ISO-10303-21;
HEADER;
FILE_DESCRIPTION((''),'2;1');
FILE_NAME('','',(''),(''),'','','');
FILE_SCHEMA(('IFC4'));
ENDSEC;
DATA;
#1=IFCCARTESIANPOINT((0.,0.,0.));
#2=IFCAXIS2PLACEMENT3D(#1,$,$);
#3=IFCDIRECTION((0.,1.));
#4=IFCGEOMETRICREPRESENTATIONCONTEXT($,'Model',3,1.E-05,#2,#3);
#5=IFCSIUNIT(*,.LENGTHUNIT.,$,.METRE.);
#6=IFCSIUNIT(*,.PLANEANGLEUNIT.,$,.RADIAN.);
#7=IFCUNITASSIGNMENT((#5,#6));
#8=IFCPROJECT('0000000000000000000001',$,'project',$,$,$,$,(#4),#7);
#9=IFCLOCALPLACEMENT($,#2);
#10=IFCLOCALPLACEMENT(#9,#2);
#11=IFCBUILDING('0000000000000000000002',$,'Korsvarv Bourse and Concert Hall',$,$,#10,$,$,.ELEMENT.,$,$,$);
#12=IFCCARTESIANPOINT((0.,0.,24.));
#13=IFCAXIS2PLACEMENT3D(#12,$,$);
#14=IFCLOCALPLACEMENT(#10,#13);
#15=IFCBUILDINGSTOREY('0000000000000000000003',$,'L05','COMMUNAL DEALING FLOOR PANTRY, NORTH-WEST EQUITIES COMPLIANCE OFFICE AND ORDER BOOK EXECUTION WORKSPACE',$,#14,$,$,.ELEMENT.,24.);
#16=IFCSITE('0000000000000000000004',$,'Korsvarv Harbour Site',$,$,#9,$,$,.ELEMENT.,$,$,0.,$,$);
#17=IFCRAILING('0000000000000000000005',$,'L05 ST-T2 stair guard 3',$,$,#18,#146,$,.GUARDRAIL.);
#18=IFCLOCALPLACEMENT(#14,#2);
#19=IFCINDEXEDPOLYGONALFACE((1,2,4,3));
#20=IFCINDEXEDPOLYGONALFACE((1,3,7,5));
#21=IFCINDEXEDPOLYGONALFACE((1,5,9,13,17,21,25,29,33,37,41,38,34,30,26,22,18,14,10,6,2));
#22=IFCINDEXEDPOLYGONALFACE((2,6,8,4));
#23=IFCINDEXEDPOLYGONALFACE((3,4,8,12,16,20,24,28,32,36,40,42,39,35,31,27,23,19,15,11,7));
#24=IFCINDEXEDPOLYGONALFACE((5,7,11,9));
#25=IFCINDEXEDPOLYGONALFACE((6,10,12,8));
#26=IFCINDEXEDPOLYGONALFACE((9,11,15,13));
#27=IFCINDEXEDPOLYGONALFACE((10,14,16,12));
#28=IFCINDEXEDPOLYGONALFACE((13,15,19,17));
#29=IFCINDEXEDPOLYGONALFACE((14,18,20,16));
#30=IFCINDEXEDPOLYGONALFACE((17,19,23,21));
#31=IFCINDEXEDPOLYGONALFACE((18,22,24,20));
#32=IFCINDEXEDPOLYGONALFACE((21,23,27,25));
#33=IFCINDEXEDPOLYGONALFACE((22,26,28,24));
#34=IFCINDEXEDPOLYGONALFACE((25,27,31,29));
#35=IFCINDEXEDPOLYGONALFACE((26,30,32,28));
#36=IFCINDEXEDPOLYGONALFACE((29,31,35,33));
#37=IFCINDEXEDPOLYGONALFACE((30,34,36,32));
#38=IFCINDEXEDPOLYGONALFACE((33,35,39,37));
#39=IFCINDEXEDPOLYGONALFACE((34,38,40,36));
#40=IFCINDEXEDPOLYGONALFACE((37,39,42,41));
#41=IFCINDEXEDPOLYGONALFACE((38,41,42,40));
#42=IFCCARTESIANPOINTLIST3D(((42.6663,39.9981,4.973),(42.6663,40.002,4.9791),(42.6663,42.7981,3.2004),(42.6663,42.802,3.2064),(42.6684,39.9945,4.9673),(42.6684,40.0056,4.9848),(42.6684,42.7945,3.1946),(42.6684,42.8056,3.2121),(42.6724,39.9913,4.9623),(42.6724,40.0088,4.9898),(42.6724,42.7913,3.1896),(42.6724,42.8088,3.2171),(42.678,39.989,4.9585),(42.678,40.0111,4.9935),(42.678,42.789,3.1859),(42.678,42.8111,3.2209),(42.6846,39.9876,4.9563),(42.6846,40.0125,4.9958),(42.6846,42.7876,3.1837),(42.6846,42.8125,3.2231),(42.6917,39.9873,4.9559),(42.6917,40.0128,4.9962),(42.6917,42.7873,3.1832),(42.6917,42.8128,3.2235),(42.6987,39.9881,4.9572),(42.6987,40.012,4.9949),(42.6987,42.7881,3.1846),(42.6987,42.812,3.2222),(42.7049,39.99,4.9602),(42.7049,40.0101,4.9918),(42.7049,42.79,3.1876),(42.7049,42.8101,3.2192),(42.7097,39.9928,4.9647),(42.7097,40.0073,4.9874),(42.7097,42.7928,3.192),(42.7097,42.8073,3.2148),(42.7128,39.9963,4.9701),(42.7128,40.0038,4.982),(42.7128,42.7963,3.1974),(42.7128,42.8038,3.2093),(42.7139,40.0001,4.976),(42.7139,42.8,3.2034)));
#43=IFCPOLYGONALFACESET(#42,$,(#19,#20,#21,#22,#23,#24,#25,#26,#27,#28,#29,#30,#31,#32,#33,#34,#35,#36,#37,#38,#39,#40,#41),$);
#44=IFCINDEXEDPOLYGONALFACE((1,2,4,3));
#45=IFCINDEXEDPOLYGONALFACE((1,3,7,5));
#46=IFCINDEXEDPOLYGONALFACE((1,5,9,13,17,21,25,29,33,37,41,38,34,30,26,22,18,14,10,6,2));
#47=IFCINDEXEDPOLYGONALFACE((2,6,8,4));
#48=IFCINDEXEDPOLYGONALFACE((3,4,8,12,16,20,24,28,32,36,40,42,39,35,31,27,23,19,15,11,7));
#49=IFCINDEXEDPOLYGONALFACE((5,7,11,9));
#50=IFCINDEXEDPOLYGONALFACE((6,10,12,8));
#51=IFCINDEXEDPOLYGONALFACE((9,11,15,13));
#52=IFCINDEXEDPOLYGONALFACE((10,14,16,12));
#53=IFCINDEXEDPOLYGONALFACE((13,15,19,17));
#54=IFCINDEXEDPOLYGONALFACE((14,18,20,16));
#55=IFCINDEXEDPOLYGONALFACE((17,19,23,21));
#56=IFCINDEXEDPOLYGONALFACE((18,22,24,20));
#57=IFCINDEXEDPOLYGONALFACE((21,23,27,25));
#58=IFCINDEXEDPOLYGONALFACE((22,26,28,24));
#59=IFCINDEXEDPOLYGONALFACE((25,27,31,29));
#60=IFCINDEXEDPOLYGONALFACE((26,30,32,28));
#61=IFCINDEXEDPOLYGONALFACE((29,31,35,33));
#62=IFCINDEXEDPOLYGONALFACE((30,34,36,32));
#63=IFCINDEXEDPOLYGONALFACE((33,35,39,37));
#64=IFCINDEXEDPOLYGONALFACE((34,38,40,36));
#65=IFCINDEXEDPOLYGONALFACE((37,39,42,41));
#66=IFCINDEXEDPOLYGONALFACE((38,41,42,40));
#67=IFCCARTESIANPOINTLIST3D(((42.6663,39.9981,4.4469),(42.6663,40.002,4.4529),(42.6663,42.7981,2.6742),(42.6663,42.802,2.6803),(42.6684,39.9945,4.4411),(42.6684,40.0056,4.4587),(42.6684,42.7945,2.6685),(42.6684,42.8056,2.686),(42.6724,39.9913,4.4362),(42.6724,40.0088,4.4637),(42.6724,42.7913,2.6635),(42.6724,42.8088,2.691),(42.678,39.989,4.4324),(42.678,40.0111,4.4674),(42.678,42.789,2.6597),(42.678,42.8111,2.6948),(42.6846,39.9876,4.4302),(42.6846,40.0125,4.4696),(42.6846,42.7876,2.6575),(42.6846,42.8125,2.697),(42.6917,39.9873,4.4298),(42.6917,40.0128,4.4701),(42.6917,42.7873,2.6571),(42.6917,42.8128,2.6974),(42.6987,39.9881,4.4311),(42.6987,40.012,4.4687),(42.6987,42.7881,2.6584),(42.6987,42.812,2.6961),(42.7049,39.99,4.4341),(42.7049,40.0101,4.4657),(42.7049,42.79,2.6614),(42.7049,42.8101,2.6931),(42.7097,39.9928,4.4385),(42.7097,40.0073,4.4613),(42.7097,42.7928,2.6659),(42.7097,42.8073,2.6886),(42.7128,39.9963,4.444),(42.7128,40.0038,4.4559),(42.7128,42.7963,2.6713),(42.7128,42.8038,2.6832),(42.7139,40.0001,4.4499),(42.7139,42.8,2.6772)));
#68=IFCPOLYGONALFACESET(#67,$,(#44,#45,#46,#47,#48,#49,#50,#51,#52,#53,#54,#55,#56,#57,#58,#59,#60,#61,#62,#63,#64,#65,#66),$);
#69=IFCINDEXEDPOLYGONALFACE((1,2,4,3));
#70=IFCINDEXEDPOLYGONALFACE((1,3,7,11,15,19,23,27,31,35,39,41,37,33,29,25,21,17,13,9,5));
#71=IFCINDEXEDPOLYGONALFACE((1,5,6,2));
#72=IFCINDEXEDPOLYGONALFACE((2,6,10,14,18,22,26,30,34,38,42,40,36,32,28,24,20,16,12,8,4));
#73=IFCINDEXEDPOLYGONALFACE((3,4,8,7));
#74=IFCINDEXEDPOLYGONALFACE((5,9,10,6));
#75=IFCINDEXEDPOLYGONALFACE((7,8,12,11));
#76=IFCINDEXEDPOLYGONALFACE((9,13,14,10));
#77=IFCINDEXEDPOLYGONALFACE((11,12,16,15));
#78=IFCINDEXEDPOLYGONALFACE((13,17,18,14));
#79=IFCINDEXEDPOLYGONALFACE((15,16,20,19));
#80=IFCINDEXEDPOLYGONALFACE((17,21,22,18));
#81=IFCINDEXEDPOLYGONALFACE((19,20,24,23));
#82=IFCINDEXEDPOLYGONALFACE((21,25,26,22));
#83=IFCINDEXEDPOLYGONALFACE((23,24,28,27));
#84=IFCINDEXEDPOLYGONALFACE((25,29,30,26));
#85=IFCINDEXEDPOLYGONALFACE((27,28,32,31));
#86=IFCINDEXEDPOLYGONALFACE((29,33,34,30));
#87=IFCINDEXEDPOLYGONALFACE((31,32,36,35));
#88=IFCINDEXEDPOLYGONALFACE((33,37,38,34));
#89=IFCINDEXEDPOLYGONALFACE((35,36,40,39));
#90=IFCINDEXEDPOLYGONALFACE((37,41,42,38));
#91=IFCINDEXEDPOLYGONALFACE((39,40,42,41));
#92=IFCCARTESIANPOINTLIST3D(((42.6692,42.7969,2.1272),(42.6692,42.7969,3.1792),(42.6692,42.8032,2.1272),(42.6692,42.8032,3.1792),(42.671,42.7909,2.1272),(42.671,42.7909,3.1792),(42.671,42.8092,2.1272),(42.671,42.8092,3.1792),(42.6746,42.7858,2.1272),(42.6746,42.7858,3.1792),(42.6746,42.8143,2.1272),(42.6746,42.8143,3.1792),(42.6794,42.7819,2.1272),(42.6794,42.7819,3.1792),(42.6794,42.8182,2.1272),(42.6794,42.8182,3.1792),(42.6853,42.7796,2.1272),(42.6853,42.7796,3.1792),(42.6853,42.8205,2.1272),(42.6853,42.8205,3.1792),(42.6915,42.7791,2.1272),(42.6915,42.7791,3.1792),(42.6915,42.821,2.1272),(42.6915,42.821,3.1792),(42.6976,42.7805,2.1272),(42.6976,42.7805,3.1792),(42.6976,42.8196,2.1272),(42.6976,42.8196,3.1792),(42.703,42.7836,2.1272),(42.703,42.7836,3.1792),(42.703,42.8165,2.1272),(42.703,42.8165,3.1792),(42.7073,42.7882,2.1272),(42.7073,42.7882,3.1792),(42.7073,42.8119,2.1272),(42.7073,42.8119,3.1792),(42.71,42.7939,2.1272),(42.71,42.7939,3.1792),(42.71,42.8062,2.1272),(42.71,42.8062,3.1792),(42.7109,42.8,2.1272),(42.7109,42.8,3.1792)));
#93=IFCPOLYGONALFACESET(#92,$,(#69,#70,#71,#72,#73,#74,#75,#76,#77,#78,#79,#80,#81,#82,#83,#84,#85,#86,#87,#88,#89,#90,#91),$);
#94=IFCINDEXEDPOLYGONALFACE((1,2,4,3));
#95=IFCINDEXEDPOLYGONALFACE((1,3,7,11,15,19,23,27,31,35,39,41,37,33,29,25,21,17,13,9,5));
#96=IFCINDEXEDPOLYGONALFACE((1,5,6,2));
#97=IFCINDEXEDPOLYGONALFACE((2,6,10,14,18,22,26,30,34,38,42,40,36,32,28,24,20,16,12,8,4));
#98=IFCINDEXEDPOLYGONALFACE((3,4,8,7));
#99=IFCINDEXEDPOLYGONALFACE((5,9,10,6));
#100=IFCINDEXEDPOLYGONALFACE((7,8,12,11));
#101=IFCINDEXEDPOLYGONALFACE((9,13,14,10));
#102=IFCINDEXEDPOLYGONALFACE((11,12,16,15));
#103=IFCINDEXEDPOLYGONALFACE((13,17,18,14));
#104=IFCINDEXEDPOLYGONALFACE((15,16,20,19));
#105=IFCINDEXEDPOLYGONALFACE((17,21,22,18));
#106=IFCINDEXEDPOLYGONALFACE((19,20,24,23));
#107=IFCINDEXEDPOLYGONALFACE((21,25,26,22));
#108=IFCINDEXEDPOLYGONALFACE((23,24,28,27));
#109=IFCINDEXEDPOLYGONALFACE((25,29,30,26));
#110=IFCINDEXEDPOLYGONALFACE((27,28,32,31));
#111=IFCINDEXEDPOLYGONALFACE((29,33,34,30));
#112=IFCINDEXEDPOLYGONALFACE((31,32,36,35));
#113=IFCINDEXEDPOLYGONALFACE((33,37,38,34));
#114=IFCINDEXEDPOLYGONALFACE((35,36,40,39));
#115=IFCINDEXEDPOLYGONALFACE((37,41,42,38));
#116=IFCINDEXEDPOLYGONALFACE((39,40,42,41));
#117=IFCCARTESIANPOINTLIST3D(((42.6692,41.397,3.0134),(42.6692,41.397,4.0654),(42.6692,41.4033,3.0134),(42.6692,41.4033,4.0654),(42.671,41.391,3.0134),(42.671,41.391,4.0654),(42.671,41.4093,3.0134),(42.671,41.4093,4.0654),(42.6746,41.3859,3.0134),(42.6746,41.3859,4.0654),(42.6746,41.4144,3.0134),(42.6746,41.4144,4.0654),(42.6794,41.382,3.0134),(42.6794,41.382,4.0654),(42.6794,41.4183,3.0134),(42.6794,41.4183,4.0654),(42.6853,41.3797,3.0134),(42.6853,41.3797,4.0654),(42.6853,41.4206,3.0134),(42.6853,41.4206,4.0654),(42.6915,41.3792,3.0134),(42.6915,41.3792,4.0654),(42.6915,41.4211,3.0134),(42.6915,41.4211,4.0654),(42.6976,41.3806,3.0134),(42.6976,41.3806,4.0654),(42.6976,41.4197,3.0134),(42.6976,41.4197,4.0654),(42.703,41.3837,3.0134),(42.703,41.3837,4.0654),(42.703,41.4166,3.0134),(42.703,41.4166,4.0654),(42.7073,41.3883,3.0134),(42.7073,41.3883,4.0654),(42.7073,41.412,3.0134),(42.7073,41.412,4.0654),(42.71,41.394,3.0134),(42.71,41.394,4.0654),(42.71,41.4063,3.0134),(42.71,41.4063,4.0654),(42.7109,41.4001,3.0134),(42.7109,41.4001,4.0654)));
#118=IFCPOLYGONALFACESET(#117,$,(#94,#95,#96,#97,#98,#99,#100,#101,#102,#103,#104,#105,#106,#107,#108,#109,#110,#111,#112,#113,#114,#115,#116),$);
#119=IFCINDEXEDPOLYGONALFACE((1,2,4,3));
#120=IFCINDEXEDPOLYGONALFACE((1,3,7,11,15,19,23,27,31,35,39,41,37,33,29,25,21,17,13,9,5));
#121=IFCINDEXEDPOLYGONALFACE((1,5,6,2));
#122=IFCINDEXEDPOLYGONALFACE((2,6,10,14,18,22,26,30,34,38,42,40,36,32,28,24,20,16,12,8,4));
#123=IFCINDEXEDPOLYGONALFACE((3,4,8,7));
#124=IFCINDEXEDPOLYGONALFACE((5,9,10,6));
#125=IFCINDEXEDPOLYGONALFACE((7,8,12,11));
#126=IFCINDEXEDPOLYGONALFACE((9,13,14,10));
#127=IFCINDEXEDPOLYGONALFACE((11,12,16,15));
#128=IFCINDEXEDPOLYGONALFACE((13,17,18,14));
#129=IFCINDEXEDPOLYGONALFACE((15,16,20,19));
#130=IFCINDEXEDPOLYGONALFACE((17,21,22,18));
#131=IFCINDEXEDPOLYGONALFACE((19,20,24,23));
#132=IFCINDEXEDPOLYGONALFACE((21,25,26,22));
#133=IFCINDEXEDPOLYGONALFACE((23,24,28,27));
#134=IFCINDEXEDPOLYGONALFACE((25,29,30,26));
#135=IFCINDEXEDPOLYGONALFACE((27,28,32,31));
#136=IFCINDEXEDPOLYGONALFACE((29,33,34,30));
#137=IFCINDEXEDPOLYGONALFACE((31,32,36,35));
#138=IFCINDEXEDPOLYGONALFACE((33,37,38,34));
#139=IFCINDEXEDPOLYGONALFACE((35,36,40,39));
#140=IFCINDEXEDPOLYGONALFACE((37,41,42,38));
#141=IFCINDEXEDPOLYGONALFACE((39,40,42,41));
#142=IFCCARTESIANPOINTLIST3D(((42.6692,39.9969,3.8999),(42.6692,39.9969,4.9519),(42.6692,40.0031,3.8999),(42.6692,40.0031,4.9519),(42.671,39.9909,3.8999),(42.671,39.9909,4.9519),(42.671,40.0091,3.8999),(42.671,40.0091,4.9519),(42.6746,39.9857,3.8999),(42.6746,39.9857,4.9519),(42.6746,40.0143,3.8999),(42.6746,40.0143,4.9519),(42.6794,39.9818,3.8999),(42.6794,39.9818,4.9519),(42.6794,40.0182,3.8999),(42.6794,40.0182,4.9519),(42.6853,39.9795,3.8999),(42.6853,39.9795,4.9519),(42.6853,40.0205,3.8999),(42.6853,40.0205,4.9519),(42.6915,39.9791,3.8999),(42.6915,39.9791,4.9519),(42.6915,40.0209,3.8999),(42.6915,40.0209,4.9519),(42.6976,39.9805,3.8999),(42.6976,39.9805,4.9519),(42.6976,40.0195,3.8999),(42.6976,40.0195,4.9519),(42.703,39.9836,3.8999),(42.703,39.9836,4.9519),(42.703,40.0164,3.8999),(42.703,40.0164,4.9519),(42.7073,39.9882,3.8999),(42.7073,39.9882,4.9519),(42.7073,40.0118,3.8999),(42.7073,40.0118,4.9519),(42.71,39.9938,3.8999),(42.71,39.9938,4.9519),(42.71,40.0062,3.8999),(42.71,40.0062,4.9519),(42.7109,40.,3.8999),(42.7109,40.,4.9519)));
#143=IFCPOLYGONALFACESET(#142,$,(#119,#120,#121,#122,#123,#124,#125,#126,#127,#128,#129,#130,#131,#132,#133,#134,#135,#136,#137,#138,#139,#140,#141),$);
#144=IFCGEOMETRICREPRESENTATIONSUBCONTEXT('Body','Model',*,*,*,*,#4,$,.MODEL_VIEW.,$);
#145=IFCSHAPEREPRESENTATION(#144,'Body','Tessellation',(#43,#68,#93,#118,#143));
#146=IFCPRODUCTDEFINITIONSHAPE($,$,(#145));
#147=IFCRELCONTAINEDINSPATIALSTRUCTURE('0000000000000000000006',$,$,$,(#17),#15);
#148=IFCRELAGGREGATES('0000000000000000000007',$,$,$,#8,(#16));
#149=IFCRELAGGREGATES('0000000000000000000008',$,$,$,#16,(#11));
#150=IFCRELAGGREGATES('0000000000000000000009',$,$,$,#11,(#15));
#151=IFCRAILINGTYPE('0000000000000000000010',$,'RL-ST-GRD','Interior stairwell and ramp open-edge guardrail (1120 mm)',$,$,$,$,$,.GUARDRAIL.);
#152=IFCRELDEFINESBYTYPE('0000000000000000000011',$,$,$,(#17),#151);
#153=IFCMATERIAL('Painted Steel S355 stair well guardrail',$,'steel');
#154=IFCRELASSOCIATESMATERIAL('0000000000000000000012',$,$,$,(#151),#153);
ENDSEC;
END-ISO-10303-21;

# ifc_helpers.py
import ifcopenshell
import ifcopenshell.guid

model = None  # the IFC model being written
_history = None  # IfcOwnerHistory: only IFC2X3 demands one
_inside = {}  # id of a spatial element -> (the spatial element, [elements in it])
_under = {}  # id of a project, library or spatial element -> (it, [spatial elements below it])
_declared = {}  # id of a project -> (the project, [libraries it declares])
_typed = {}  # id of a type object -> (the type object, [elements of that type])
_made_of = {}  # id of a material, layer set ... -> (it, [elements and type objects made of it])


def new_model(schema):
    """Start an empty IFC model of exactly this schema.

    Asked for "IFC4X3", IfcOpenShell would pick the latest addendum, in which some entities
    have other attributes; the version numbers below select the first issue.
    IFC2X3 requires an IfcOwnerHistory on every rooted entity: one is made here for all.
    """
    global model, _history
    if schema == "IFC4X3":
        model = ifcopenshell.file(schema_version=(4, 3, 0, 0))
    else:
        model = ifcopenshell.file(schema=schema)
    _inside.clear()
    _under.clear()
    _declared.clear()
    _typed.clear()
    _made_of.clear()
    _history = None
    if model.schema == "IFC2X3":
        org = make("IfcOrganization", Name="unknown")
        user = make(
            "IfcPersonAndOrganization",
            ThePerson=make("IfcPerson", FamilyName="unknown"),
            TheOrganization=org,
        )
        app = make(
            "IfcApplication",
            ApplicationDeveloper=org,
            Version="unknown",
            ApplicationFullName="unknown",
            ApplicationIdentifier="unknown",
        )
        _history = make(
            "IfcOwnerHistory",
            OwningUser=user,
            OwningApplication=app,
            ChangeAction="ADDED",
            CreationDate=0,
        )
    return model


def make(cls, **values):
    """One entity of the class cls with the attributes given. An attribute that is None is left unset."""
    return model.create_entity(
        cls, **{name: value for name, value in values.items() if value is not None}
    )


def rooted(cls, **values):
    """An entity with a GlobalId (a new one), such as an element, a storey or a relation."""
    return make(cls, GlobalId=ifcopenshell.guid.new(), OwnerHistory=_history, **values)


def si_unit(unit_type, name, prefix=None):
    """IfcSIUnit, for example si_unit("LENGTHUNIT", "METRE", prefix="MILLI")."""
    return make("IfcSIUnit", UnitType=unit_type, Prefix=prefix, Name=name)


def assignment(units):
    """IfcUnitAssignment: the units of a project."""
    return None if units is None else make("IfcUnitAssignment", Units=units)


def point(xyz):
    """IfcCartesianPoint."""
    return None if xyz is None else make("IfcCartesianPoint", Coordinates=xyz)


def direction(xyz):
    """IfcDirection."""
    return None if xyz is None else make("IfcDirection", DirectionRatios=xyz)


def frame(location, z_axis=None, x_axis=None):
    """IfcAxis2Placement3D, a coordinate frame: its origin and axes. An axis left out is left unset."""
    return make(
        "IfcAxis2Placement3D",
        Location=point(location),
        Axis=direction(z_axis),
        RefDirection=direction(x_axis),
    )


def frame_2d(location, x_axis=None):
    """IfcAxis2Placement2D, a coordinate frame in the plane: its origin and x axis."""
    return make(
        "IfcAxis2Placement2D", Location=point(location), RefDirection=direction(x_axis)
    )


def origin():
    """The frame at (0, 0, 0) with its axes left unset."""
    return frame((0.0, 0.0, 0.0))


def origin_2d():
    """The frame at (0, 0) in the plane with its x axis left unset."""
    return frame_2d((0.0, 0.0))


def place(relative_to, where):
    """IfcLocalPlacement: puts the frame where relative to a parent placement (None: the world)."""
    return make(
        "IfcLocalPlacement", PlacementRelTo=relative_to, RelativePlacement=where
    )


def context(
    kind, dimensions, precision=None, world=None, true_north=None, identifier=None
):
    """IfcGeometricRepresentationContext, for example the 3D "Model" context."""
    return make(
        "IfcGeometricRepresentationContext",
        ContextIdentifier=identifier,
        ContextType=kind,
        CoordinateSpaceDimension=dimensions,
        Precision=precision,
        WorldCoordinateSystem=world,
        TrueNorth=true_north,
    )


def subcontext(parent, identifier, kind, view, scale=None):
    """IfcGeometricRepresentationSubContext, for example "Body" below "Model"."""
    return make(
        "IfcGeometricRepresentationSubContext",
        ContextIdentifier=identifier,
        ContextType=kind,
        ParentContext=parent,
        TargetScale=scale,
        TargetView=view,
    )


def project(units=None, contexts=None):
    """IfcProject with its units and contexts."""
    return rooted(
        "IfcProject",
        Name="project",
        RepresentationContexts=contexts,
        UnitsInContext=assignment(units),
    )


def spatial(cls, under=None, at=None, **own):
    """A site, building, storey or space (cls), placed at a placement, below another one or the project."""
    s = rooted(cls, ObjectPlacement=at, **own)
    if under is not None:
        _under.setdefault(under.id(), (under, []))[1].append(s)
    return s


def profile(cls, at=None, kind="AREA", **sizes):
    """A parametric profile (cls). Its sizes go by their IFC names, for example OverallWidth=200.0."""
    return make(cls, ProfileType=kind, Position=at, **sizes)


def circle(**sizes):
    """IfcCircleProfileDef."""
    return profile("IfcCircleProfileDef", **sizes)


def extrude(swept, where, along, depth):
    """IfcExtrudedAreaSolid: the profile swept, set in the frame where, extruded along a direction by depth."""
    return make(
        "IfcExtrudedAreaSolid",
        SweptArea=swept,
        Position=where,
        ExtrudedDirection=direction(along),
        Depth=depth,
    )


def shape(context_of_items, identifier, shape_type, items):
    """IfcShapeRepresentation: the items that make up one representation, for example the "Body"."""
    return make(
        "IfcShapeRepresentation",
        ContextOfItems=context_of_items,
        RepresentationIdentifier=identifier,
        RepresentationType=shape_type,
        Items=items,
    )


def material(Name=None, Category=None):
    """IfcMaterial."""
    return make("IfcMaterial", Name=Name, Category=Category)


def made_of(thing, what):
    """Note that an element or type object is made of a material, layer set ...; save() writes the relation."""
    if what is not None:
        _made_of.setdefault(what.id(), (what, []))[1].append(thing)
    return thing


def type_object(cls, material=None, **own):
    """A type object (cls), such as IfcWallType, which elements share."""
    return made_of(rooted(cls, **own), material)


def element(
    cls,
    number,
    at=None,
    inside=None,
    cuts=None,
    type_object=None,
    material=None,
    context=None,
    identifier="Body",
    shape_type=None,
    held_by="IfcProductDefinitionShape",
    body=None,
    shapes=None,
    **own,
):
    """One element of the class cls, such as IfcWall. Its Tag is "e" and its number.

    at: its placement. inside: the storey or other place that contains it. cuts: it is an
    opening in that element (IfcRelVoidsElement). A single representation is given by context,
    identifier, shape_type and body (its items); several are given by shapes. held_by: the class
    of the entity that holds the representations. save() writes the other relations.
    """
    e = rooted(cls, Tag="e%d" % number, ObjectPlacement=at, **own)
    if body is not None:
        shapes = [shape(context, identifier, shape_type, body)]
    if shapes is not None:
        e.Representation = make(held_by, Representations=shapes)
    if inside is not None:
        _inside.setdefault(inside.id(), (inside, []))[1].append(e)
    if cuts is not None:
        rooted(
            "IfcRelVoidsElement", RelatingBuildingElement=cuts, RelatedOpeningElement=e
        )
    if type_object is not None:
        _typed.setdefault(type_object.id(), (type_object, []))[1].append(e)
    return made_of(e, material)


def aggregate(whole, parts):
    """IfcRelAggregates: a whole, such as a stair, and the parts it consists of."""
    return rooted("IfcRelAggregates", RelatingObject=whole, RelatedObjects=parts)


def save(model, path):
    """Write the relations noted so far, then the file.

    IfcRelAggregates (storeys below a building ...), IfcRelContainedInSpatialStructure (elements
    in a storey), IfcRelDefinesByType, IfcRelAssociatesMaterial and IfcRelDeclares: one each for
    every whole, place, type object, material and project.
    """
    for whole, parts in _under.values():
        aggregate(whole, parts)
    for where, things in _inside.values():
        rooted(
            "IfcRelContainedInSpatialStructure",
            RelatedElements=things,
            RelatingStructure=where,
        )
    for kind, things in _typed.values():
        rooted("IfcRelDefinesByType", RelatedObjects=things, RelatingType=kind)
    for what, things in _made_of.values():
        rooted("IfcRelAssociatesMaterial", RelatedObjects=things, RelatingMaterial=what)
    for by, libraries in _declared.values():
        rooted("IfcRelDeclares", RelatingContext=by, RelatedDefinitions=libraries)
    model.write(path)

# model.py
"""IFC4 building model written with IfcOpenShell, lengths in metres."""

from ifc_helpers import new_model, si_unit, direction, frame, origin, origin_2d, place, context, subcontext, project, spatial, circle, extrude, material, type_object, element, save


model = new_model("IFC4")

# Units and contexts
model_context = context("Model", 3, precision=1e-05, world=origin(), true_north=direction((0.0, 1.0)))
body_context = subcontext(model_context, "Body", "Model", "MODEL_VIEW")
ifc_project = project(units=[si_unit("LENGTHUNIT", "METRE"), si_unit("PLANEANGLEUNIT", "RADIAN")], contexts=[model_context])

# Site, building, storey
site_placement = place(None, origin())
site = spatial("IfcSite", under=ifc_project, at=site_placement, Name="Korsvarv Harbour Site", CompositionType="ELEMENT", RefElevation=0.0)
building_placement = place(site_placement, origin())
building = spatial("IfcBuilding", under=site, at=building_placement, Name="Korsvarv Bourse and Concert Hall", CompositionType="ELEMENT")
storey_placement = place(building_placement, frame((0.0, 0.0, 24.0)))
storey = spatial("IfcBuildingStorey", under=building, at=storey_placement, Name="L05", Description="COMMUNAL DEALING FLOOR PANTRY, NORTH-WEST EQUITIES COMPLIANCE OFFICE AND ORDER BOOK EXECUTION WORKSPACE", CompositionType="ELEMENT", Elevation=24.0)

# Railing
ifc_material_1 = material(Name="Painted Steel S355 stair well guardrail", Category="steel")
railing_type_1 = type_object("IfcRailingType", Name="RL-ST-GRD", Description="Interior stairwell and ramp open-edge guardrail (1120 mm)", PredefinedType="GUARDRAIL", material=ifc_material_1)
railing_1_placement = place(storey_placement, frame((42.6899, 42.8, 2.1272)))
element("IfcRailing", 1, at=railing_1_placement, inside=storey, type_object=railing_type_1, Name="L05 ST-T2 stair guard 3", PredefinedType="GUARDRAIL", context=body_context, shape_type="SweptSolid", body=[
    extrude(circle(Radius=0.0239, at=origin_2d()), frame((0.0, 0.0, 1.0762), z_axis=(0.0, -0.844909, 0.53491), x_axis=(1.0, 0.0, 0.0)), (0.0, 0.0, 1.0), 3.314),
    extrude(circle(Radius=0.0239, at=origin_2d()), frame((0.0, 0.0, 0.55), z_axis=(0.0, -0.844909, 0.53491), x_axis=(1.0, 0.0, 0.0)), (0.0, 0.0, 1.0), 3.314),
    extrude(circle(Radius=0.021, at=origin_2d()), origin(), (0.0, 0.0, 1.0), 1.052),
    extrude(circle(Radius=0.021, at=origin_2d()), frame((0.0, -1.3999, 0.8862)), (0.0, 0.0, 1.0), 1.052),
    extrude(circle(Radius=0.021, at=origin_2d()), frame((0.0, -2.8, 1.7727)), (0.0, 0.0, 1.0), 1.052),
])

save(model, "model.ifc")
